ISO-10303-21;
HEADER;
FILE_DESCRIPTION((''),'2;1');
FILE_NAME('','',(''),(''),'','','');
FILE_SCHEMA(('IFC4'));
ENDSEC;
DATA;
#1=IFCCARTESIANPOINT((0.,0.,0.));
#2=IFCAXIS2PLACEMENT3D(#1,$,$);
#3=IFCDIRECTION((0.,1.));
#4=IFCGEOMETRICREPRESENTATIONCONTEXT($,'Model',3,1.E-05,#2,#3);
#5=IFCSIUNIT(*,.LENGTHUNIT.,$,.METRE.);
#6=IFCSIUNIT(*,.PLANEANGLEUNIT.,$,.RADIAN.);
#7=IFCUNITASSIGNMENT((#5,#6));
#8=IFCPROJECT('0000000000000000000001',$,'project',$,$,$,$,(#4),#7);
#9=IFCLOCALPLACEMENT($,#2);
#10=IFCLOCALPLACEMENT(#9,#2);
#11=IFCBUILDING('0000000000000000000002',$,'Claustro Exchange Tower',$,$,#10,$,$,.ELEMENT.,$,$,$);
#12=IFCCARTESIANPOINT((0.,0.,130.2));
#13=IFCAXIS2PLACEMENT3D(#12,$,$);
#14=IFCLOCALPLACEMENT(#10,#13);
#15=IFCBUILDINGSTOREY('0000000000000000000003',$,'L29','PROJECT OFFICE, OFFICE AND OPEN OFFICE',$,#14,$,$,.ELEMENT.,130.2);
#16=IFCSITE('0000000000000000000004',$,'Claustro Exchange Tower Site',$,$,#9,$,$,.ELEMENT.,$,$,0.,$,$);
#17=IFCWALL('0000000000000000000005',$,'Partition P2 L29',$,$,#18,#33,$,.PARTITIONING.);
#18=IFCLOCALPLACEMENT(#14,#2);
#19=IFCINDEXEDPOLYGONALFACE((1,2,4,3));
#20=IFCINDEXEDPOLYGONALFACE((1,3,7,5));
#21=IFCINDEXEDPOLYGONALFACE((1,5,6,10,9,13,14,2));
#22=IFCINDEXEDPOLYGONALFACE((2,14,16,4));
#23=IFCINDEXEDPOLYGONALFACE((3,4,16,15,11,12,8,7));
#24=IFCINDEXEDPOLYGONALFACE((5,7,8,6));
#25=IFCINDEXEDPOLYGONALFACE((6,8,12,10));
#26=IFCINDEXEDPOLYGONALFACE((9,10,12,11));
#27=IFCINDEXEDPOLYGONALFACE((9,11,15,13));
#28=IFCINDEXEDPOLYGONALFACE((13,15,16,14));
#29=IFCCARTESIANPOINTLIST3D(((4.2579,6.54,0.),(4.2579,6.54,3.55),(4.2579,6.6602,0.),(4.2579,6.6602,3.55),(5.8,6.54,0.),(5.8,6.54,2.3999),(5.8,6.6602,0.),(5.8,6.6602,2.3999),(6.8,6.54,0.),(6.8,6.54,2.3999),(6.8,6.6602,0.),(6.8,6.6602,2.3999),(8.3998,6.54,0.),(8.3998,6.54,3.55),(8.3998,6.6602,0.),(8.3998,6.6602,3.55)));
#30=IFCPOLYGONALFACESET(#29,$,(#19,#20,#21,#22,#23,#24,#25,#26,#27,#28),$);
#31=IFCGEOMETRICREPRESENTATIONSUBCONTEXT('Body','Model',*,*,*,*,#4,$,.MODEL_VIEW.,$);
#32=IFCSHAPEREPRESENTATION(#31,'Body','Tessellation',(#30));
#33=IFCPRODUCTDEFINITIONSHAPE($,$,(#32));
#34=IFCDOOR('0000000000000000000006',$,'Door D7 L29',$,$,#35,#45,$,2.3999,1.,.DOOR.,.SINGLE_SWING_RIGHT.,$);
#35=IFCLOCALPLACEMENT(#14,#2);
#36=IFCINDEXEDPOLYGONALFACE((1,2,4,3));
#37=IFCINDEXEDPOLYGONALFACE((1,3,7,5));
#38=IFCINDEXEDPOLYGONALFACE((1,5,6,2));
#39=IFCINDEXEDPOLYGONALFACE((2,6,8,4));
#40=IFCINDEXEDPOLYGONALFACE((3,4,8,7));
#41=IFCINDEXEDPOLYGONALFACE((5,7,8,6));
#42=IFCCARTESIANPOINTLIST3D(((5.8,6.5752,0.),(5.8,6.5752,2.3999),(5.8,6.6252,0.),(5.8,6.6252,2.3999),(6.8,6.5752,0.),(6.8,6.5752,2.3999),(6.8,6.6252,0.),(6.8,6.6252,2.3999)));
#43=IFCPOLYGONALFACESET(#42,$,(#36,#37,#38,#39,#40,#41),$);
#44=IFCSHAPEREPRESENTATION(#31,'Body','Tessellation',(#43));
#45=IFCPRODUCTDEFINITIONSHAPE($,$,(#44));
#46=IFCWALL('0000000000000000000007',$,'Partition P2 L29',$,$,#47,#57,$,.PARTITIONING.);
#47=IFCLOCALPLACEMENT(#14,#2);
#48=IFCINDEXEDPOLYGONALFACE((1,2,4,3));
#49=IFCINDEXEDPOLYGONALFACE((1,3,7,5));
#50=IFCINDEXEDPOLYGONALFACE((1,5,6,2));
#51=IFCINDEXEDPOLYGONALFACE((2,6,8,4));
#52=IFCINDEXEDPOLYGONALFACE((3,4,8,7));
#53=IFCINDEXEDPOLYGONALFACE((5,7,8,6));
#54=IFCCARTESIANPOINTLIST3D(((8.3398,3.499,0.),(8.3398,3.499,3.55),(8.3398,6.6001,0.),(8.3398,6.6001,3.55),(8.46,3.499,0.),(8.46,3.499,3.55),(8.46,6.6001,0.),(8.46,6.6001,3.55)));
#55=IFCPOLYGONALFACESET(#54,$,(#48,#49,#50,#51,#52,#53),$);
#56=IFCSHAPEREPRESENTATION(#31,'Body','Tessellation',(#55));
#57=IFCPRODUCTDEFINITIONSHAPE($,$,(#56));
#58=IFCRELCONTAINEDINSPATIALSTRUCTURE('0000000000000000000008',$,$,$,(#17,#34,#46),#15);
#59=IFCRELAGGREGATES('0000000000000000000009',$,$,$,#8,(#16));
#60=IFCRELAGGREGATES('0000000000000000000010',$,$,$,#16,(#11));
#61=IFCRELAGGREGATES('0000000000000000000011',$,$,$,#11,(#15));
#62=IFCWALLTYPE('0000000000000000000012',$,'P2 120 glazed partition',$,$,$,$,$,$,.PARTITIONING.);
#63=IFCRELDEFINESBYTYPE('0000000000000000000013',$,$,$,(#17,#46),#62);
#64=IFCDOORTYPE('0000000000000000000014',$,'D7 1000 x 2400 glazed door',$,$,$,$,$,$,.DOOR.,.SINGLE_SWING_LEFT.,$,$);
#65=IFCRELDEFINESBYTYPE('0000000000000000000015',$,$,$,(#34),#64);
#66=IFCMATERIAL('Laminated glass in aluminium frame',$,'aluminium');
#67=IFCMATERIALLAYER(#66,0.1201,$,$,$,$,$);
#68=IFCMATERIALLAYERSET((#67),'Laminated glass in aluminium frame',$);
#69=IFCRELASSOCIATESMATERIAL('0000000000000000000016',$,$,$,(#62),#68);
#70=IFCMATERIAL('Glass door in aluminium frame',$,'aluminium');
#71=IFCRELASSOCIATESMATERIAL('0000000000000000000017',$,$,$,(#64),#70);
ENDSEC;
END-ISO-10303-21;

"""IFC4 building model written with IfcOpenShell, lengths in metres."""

from ifc_helpers import new_model, si_unit, direction, frame, frame_2d, origin, place, context, subcontext, project, spatial, rectangle, extrude, material, layer, layer_set, type_object, element, fill, save


model = new_model("IFC4")

# Units and contexts
model_context = context("Model", 3, precision=1e-05, world=origin(), true_north=direction((0.0, 1.0)))
body_context = subcontext(model_context, "Body", "Model", "MODEL_VIEW")
ifc_project = project(units=[si_unit("LENGTHUNIT", "METRE"), si_unit("PLANEANGLEUNIT", "RADIAN")], contexts=[model_context])

# Site, building, storey
site_placement = place(None, origin())
site = spatial("IfcSite", under=ifc_project, at=site_placement, Name="Claustro Exchange Tower Site", CompositionType="ELEMENT", RefElevation=0.0)
building_placement = place(site_placement, origin())
building = spatial("IfcBuilding", under=site, at=building_placement, Name="Claustro Exchange Tower", CompositionType="ELEMENT")
storey_placement = place(building_placement, frame((0.0, 0.0, 130.2)))
storey = spatial("IfcBuildingStorey", under=building, at=storey_placement, Name="L29", Description="PROJECT OFFICE, OFFICE AND OPEN OFFICE", CompositionType="ELEMENT", Elevation=130.2)

# Wall, opening, door
ifc_material_1 = material(Name="Laminated glass in aluminium frame", Category="aluminium")
ifc_layer_1 = layer(ifc_material_1, 0.1201)
ifc_layer_set_1 = layer_set([ifc_layer_1], Name="Laminated glass in aluminium frame")
wall_type_1 = type_object("IfcWallType", Name="P2 120 glazed partition", PredefinedType="PARTITIONING", material=ifc_layer_set_1)
wall_1_placement = place(storey_placement, frame((4.2581, 6.6001, 0.0), z_axis=(0.0, 0.0, 1.0), x_axis=(1.0, 0.0, 0.0)))
wall_1 = element("IfcWall", 1, at=wall_1_placement, inside=storey, type_object=wall_type_1, Name="Partition P2 L29", PredefinedType="PARTITIONING", context=body_context, shape_type="SweptSolid", body=[
    extrude(rectangle(XDim=4.1418, YDim=0.1201, at=frame_2d((2.0708, 0.0))), origin(), (0.0, 0.0, 1.0), 3.55),
])
opening_1_placement = place(wall_1_placement, frame((1.542, 0.0, 0.0)))
opening_1 = element("IfcOpeningElement", 2, at=opening_1_placement, cuts=wall_1, PredefinedType="OPENING", context=body_context, shape_type="SweptSolid", body=[
    extrude(rectangle(XDim=1.0, YDim=2.3999, at=frame_2d((0.5, 1.2))), frame((0.0, 0.0701, 0.0), z_axis=(0.0, -1.0, 0.0), x_axis=(1.0, 0.0, 0.0)), (0.0, 0.0, 1.0), 0.1401),
])
ifc_material_2 = material(Name="Glass door in aluminium frame", Category="aluminium")
door_type_1 = type_object("IfcDoorType", Name="D7 1000 x 2400 glazed door", OperationType="SINGLE_SWING_LEFT", PredefinedType="DOOR", material=ifc_material_2)
door_1_placement = place(opening_1_placement, frame((1.0, 0.0, 0.0), z_axis=(0.0, 0.0, 1.0), x_axis=(-1.0, 0.0, 0.0)))
door_1 = element("IfcDoor", 3, at=door_1_placement, inside=storey, type_object=door_type_1, Name="Door D7 L29", OperationType="SINGLE_SWING_RIGHT", OverallHeight=2.3999, OverallWidth=1.0, PredefinedType="DOOR", context=body_context, shape_type="SweptSolid", body=[
    extrude(rectangle(XDim=1.0, YDim=2.3999, at=frame_2d((0.5, 1.2))), frame((0.0, 0.0249, 0.0), z_axis=(0.0, -1.0, 0.0), x_axis=(1.0, 0.0, 0.0)), (0.0, 0.0, 1.0), 0.05),
])
fill(opening_1, door_1)

# Wall
wall_2_placement = place(storey_placement, frame((8.3999, 3.499, 0.0), z_axis=(0.0, 0.0, 1.0), x_axis=(0.0, 1.0, 0.0)))
element("IfcWall", 4, at=wall_2_placement, inside=storey, type_object=wall_type_1, Name="Partition P2 L29", PredefinedType="PARTITIONING", context=body_context, shape_type="SweptSolid", body=[
    extrude(rectangle(XDim=3.1011, YDim=0.1201, at=frame_2d((1.5505, 0.0))), origin(), (0.0, 0.0, 1.0), 3.55),
])

save(model, "model.ifc")
